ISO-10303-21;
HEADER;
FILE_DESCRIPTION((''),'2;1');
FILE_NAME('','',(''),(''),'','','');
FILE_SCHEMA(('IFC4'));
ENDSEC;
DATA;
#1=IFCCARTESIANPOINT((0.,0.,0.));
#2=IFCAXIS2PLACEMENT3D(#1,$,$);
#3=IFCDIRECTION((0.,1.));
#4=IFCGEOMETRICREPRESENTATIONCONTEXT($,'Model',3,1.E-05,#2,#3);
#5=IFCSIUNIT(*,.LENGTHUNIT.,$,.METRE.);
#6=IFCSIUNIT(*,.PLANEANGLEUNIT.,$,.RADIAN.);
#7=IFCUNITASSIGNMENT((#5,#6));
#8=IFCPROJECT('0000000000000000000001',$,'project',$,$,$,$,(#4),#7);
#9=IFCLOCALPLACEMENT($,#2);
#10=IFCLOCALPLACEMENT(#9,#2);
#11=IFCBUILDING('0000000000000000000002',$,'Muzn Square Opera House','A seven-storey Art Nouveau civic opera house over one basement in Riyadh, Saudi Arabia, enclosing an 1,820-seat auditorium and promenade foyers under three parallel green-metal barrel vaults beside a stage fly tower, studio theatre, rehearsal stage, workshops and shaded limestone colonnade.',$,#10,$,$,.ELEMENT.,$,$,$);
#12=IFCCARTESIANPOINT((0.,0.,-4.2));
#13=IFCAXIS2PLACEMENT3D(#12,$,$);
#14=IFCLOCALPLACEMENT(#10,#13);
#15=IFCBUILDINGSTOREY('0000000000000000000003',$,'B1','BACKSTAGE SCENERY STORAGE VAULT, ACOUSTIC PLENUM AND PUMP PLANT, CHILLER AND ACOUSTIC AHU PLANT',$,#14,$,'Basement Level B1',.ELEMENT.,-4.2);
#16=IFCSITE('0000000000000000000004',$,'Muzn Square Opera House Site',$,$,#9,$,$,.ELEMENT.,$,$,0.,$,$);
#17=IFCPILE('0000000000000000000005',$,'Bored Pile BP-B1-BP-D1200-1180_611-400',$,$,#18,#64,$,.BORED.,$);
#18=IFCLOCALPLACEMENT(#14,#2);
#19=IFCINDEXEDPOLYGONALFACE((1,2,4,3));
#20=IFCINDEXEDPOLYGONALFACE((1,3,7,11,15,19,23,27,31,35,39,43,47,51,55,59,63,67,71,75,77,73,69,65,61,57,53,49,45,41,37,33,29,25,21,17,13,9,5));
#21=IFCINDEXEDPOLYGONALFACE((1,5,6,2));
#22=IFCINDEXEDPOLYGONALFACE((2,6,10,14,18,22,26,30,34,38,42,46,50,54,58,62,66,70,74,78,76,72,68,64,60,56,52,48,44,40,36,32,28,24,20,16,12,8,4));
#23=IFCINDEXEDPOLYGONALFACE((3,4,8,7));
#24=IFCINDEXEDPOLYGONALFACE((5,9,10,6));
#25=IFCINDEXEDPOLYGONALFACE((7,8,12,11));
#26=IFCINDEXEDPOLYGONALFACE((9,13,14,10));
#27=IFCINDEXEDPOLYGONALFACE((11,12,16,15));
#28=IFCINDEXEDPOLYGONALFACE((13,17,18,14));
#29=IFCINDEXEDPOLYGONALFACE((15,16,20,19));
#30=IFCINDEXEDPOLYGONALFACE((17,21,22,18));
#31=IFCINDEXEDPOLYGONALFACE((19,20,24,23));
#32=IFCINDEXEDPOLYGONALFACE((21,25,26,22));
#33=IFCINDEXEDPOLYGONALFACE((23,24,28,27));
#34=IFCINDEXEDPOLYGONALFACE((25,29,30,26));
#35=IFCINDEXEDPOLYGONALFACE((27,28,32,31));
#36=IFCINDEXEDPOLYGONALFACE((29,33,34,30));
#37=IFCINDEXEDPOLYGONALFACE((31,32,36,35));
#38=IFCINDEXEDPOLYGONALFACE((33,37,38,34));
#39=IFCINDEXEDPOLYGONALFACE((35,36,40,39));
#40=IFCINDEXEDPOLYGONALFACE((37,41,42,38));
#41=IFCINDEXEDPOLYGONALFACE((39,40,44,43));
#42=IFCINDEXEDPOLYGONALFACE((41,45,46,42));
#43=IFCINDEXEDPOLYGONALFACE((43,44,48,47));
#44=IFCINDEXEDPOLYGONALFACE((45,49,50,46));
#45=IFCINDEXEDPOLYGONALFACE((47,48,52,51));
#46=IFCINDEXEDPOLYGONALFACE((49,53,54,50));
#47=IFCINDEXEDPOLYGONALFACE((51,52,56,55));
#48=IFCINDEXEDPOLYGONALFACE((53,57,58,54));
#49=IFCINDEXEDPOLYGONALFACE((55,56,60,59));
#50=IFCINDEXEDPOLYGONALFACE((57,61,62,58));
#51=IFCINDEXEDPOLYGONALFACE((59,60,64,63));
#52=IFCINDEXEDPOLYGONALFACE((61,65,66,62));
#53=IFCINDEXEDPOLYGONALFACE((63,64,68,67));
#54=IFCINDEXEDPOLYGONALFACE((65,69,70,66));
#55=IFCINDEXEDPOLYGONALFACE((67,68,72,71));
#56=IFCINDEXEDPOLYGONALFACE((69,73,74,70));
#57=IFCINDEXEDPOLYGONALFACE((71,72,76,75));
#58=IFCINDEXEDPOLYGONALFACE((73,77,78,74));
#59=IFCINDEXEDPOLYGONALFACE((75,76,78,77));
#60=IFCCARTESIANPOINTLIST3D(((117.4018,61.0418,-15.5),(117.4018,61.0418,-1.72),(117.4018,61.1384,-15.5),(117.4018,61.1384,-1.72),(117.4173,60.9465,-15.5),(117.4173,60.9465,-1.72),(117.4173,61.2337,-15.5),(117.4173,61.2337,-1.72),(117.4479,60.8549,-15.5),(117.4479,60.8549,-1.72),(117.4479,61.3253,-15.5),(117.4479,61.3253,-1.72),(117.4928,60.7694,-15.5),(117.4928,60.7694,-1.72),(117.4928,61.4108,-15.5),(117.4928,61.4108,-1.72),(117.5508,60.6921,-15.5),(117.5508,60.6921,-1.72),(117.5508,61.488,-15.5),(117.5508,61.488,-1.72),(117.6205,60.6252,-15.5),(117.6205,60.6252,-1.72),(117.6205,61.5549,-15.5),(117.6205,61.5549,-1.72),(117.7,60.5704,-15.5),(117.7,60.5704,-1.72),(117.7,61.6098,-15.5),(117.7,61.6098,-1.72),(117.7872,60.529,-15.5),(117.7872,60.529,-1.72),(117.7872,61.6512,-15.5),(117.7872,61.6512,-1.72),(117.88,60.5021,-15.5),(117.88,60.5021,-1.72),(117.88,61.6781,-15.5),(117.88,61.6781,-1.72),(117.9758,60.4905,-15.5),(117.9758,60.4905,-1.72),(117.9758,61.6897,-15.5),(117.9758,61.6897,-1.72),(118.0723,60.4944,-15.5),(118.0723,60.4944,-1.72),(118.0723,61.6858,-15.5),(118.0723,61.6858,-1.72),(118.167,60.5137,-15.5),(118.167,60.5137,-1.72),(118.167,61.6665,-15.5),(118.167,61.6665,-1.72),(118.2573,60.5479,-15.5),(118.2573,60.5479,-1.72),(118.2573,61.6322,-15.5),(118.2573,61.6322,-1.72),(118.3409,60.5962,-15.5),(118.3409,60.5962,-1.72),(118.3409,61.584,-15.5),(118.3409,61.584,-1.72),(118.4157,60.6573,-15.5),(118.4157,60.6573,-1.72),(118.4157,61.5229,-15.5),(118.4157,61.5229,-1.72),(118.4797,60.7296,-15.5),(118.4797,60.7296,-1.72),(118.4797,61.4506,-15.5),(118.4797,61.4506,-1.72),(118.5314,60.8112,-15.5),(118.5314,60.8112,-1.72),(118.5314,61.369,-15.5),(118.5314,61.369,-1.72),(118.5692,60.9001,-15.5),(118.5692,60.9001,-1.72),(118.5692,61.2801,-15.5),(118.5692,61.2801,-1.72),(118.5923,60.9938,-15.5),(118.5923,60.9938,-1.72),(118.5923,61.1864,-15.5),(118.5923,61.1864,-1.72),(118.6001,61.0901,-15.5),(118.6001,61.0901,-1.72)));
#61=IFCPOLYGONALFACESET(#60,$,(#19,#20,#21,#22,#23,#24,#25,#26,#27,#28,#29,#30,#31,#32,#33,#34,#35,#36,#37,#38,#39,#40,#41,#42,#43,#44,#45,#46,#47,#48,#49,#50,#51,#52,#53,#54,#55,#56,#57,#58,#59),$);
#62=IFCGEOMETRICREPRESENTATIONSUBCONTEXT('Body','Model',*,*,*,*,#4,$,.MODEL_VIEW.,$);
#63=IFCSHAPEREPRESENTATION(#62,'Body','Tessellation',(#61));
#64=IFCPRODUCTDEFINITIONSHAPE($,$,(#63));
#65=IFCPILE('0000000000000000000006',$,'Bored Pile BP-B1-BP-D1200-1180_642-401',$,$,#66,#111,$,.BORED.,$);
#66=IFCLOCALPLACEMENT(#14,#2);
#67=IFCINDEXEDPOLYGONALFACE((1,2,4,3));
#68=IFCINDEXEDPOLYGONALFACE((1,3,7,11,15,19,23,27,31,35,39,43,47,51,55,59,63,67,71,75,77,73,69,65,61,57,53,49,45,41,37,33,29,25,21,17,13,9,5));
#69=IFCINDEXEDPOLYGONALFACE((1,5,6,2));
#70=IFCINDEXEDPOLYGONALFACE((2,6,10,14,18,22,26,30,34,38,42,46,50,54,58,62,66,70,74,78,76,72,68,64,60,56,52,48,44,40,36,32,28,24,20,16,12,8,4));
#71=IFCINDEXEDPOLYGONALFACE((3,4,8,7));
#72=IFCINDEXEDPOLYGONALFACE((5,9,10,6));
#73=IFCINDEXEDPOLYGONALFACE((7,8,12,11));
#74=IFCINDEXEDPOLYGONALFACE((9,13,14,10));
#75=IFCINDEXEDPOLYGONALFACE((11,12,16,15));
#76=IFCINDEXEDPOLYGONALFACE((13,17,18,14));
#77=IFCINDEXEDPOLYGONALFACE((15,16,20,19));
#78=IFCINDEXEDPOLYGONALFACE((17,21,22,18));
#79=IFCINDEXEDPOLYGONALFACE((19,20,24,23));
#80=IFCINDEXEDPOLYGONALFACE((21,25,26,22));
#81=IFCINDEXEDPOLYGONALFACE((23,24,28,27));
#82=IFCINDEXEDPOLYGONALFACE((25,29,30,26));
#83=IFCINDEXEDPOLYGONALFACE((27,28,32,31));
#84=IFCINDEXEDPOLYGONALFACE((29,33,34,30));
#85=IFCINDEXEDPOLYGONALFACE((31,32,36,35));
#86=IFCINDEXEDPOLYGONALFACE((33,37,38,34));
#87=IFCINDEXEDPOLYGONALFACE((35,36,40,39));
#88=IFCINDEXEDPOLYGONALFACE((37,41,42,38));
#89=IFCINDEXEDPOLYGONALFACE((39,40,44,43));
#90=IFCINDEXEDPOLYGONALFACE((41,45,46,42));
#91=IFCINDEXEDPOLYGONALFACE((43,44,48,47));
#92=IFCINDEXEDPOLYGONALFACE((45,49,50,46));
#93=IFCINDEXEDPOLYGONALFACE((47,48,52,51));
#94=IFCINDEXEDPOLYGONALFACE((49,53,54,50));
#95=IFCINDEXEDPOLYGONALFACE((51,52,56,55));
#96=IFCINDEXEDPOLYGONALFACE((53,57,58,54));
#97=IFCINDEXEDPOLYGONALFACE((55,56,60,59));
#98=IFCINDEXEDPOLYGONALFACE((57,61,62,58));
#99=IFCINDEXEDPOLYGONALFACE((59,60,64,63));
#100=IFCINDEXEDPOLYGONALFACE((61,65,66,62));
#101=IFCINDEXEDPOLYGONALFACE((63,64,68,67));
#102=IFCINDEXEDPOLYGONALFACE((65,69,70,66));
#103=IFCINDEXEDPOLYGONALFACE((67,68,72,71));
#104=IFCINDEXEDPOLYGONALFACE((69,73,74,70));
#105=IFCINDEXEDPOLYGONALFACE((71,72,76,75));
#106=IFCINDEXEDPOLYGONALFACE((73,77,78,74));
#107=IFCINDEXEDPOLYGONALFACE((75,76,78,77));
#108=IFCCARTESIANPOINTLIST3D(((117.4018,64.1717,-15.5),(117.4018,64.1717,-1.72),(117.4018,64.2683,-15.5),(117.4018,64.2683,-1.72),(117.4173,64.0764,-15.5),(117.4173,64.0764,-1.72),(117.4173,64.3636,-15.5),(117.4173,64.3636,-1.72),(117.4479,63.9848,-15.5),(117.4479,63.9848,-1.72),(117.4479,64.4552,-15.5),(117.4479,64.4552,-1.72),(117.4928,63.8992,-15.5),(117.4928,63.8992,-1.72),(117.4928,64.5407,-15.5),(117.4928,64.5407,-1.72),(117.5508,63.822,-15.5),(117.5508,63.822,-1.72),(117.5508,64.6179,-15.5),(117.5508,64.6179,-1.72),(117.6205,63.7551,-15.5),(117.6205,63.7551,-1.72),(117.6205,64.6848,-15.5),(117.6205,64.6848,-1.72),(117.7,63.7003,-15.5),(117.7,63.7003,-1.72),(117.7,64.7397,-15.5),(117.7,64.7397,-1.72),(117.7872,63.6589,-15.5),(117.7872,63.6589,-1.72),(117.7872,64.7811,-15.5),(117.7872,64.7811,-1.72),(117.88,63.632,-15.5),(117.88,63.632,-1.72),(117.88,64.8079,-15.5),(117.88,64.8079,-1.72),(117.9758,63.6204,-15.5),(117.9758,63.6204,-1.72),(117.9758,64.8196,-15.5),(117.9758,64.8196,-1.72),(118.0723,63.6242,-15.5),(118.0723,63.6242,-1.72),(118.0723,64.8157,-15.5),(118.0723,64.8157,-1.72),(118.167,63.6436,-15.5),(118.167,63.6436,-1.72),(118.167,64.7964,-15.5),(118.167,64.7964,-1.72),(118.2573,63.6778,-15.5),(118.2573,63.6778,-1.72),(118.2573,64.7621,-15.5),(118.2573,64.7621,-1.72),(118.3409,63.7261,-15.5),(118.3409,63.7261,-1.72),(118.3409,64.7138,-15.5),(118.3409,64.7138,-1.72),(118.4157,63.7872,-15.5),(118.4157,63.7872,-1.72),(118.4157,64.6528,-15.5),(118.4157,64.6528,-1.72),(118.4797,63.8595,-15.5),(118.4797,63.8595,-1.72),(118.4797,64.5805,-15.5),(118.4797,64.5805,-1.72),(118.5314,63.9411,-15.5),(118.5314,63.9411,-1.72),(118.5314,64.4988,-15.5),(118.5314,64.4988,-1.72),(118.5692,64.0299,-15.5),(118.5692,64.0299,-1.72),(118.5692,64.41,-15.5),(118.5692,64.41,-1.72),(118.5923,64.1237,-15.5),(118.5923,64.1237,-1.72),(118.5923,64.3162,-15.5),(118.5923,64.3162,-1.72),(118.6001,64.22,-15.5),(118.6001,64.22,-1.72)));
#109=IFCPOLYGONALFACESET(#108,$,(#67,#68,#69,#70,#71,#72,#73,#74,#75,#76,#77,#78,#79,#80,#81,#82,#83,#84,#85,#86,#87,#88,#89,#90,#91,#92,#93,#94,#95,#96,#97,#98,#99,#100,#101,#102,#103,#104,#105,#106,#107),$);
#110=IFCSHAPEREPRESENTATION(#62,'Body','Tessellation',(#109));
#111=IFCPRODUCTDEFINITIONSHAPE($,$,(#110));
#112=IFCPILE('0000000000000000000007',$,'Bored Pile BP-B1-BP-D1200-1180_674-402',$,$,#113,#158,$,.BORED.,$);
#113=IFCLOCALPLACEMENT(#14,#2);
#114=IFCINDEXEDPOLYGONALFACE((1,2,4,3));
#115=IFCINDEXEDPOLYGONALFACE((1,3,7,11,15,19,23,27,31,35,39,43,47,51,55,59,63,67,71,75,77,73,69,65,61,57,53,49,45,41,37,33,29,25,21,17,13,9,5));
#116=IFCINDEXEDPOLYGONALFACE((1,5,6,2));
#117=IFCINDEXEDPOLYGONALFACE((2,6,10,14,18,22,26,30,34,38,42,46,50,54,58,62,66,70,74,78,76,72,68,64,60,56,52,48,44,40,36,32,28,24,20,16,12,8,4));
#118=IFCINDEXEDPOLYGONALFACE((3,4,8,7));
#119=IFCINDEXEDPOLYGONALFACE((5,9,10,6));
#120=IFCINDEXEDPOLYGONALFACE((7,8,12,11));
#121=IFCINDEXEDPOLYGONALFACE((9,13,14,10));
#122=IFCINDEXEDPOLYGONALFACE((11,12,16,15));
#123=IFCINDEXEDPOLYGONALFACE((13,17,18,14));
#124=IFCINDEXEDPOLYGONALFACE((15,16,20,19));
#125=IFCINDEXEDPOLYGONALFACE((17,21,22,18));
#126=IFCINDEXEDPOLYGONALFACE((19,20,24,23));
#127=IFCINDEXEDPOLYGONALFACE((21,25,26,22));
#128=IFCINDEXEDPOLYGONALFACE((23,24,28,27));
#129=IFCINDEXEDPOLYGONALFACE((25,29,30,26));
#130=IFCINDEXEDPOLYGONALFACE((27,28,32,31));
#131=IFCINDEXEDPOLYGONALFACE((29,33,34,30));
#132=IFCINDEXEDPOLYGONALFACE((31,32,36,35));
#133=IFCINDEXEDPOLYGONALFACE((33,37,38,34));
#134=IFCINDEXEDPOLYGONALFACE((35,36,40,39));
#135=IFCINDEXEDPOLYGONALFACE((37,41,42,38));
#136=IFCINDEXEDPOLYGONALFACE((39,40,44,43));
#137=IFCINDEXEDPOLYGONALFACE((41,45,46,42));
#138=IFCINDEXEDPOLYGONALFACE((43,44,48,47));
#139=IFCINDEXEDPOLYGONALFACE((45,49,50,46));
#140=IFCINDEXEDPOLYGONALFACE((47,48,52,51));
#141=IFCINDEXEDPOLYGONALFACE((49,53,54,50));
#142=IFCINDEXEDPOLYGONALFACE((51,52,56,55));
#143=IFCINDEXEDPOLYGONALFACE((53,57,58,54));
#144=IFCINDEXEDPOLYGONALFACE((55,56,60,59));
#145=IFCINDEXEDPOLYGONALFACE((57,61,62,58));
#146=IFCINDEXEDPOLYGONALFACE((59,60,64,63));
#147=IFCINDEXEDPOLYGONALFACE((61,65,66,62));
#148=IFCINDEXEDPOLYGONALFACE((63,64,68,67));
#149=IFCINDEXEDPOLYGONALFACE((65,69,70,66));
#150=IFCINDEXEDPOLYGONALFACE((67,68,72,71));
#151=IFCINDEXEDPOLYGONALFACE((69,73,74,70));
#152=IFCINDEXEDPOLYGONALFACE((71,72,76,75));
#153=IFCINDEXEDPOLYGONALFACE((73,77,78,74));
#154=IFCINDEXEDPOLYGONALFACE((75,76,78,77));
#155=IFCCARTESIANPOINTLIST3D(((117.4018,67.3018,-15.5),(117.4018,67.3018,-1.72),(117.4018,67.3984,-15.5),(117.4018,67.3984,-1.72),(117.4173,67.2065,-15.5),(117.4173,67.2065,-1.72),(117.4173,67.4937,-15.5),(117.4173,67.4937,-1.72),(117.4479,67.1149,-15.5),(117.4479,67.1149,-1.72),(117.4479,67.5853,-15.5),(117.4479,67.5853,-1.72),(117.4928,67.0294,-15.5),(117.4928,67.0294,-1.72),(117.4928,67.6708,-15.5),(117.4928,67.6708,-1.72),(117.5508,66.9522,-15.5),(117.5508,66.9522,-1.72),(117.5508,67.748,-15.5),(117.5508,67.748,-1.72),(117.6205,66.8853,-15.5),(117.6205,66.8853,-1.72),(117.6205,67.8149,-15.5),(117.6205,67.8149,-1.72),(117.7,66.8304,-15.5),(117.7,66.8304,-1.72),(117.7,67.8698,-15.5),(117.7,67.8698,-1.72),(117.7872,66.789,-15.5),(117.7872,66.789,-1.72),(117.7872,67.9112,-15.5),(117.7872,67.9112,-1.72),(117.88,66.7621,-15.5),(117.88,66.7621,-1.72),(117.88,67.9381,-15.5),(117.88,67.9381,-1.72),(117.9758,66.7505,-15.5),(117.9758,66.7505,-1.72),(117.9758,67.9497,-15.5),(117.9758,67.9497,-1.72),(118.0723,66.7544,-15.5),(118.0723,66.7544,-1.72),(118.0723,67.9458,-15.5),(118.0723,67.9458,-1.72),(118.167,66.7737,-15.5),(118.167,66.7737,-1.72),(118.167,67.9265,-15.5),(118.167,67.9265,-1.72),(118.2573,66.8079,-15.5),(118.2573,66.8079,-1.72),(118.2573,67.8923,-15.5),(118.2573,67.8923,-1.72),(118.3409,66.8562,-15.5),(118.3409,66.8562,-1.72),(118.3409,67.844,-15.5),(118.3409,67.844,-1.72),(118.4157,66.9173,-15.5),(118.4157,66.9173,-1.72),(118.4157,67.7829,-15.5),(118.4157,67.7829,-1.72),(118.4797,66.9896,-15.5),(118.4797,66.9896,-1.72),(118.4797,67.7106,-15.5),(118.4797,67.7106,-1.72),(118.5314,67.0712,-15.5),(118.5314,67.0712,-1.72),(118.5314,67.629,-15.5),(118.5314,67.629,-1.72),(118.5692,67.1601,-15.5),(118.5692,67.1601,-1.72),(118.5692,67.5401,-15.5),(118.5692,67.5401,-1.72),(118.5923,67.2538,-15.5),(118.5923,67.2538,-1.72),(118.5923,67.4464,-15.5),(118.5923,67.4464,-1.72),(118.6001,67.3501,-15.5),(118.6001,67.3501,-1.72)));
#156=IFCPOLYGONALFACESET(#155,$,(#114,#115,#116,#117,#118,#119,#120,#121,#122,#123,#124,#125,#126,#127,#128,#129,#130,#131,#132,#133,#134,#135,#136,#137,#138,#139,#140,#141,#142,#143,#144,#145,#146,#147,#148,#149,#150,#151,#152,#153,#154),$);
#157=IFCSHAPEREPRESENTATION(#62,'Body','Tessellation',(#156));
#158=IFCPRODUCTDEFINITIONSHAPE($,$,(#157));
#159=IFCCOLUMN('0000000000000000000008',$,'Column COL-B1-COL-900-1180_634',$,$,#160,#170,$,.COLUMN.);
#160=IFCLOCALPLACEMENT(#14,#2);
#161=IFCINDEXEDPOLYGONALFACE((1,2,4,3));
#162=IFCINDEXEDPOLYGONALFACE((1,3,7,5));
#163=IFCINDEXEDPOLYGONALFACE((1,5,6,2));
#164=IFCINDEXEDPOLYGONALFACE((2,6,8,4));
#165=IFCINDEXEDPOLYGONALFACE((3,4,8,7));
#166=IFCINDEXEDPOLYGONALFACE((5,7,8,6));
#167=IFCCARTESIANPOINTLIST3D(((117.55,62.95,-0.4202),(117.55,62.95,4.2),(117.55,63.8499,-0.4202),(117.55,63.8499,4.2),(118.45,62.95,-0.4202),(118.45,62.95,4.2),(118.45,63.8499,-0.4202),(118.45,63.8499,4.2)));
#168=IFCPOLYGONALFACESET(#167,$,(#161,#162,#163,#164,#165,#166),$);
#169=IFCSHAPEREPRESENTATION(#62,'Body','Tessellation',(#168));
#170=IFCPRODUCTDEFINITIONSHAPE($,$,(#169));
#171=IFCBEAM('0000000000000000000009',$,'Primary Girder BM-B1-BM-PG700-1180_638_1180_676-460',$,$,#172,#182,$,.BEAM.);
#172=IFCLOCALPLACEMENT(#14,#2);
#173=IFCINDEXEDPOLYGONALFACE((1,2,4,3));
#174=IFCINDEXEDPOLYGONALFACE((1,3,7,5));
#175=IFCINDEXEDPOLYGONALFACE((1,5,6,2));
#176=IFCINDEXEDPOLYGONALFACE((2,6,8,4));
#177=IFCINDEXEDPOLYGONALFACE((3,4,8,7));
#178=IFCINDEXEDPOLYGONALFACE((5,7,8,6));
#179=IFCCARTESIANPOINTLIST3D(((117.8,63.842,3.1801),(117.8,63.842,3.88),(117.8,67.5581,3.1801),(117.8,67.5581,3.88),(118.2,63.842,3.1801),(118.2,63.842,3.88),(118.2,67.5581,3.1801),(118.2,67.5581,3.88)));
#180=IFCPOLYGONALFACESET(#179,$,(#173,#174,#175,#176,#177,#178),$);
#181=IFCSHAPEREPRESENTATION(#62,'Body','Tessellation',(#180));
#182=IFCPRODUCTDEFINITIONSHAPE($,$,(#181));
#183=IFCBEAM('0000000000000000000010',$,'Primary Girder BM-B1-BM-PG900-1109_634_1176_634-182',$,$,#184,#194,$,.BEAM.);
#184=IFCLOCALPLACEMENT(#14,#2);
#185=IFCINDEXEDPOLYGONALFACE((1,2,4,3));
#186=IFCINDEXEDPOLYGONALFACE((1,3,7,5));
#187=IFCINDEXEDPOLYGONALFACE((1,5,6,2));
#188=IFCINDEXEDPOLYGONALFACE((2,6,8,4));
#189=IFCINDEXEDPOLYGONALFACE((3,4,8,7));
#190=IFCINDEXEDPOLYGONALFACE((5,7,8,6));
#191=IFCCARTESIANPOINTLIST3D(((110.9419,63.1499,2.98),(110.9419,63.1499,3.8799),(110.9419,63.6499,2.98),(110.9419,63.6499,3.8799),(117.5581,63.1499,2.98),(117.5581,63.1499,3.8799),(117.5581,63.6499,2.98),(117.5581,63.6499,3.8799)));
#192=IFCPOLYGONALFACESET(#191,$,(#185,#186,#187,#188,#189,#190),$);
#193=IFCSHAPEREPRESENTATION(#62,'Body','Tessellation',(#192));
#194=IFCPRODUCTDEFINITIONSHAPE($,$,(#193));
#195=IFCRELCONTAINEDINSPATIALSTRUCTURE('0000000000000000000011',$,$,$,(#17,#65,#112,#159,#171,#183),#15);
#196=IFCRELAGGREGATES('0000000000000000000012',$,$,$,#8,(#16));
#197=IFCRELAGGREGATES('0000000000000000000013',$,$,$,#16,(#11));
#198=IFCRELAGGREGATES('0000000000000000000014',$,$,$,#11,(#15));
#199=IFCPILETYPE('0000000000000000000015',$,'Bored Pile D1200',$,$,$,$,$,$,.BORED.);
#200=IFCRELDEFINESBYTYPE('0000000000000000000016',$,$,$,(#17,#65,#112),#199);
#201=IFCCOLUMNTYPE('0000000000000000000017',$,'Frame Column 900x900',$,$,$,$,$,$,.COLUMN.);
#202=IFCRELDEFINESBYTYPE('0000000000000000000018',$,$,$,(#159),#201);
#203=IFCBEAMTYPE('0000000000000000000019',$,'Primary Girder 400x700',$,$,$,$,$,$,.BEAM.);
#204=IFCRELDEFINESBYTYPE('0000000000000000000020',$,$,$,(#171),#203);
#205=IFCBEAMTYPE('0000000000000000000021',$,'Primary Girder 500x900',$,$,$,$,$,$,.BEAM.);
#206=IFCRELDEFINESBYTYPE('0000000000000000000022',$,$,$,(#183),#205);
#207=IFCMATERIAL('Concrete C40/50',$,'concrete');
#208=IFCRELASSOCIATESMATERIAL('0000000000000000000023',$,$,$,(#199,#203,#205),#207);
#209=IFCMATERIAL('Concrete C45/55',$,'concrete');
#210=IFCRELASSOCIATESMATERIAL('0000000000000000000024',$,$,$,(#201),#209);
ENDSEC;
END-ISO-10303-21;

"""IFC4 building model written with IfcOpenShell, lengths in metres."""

from ifc_helpers import new_model, si_unit, direction, frame, origin, origin_2d, place, context, subcontext, project, spatial, rectangle, circle, extrude, material, material_profile, profile_set, type_object, element, save


model = new_model("IFC4")

# Units and contexts
model_context = context("Model", 3, precision=1e-05, world=origin(), true_north=direction((0.0, 1.0)))
body_context = subcontext(model_context, "Body", "Model", "MODEL_VIEW")
ifc_project = project(units=[si_unit("LENGTHUNIT", "METRE"), si_unit("PLANEANGLEUNIT", "RADIAN")], contexts=[model_context])

# Site, building, storey
site_placement = place(None, origin())
site = spatial("IfcSite", under=ifc_project, at=site_placement, Name="Muzn Square Opera House Site", CompositionType="ELEMENT", RefElevation=0.0)
building_placement = place(site_placement, origin())
building = spatial("IfcBuilding", under=site, at=building_placement, Name="Muzn Square Opera House", Description="A seven-storey Art Nouveau civic opera house over one basement in Riyadh, Saudi Arabia, enclosing an 1,820-seat auditorium and promenade foyers under three parallel green-metal barrel vaults beside a stage fly tower, studio theatre, rehearsal stage, workshops and shaded limestone colonnade.", CompositionType="ELEMENT")
storey_placement = place(building_placement, frame((0.0, 0.0, -4.2)))
storey = spatial("IfcBuildingStorey", under=building, at=storey_placement, Name="B1", Description="BACKSTAGE SCENERY STORAGE VAULT, ACOUSTIC PLENUM AND PUMP PLANT, CHILLER AND ACOUSTIC AHU PLANT", LongName="Basement Level B1", CompositionType="ELEMENT", Elevation=-4.2)

# Piles
ifc_material_1 = material(Name="Concrete C40/50", Category="concrete")
ifc_material_profile_1 = material_profile(ifc_material_1, circle(Radius=0.6001, at=origin_2d()), Name="BORED PILE D1200", Category="concrete")
ifc_profile_set_1 = profile_set([ifc_material_profile_1], Name="Concrete C40/50")
pile_type = type_object("IfcPileType", Name="Bored Pile D1200", PredefinedType="BORED", material=ifc_profile_set_1)
for number, where, z_axis, x_axis, name in (
    (1, (118.0, 61.0901, -1.72), (0.0, 0.0, -1.0), (1.0, 0.0, 0.0), "Bored Pile BP-B1-BP-D1200-1180_611-400"),
    (2, (118.0, 64.22, -1.72), (0.0, 0.0, -1.0), (1.0, 0.0, 0.0), "Bored Pile BP-B1-BP-D1200-1180_642-401"),
    (3, (118.0, 67.3501, -1.72), (0.0, 0.0, -1.0), (1.0, 0.0, 0.0), "Bored Pile BP-B1-BP-D1200-1180_674-402"),
):
    element("IfcPile", number, at=place(storey_placement, frame(where, z_axis=z_axis, x_axis=x_axis)), inside=storey, type_object=pile_type, Name=name, PredefinedType="BORED", context=body_context, shape_type="SweptSolid", body=[
        extrude(circle(Radius=0.6001, at=origin_2d()), origin(), (0.0, 0.0, 1.0), 13.78),
    ])

# Column
ifc_material_2 = material(Name="Concrete C45/55", Category="concrete")
ifc_material_profile_2 = material_profile(ifc_material_2, rectangle(XDim=0.8999, YDim=0.8999, at=origin_2d()), Name="RC 900x900", Category="concrete")
ifc_profile_set_2 = profile_set([ifc_material_profile_2], Name="Concrete C45/55")
column_type = type_object("IfcColumnType", Name="Frame Column 900x900", PredefinedType="COLUMN", material=ifc_profile_set_2)
column_placement = place(storey_placement, frame((118.0, 63.3999, -0.4202), z_axis=(0.0, 0.0, 1.0), x_axis=(1.0, 0.0, 0.0)))
element("IfcColumn", 4, at=column_placement, inside=storey, type_object=column_type, Name="Column COL-B1-COL-900-1180_634", PredefinedType="COLUMN", context=body_context, shape_type="SweptSolid", body=[
    extrude(rectangle(XDim=0.8999, YDim=0.8999, at=origin_2d()), origin(), (0.0, 0.0, 1.0), 4.6201),
])

# Beams
ifc_material_profile_3 = material_profile(ifc_material_1, rectangle(XDim=0.3999, YDim=0.7, at=origin_2d()), Name="RCB 400x700", Category="concrete")
ifc_profile_set_3 = profile_set([ifc_material_profile_3], Name="Concrete C40/50")
beam_type_1 = type_object("IfcBeamType", Name="Primary Girder 400x700", PredefinedType="BEAM", material=ifc_profile_set_3)
beam_placement = place(storey_placement, frame((118.0, 63.842, 3.53), z_axis=(0.0, 1.0, 0.0), x_axis=(-1.0, 0.0, 0.0)))
element("IfcBeam", 5, at=beam_placement, inside=storey, type_object=beam_type_1, Name="Primary Girder BM-B1-BM-PG700-1180_638_1180_676-460", PredefinedType="BEAM", context=body_context, shape_type="SweptSolid", body=[
    extrude(rectangle(XDim=0.3999, YDim=0.7, at=origin_2d()), origin(), (0.0, 0.0, 1.0), 3.7161),
])
ifc_material_profile_4 = material_profile(ifc_material_1, rectangle(XDim=0.5, YDim=0.8999, at=origin_2d()), Name="RCB 500x900", Category="concrete")
ifc_profile_set_4 = profile_set([ifc_material_profile_4], Name="Concrete C40/50")
beam_type_2 = type_object("IfcBeamType", Name="Primary Girder 500x900", PredefinedType="BEAM", material=ifc_profile_set_4)
for number, where, z_axis, x_axis, name in (
    (6, (110.9419, 63.3999, 3.4299), (1.0, 0.0, 0.0), (0.0, 1.0, 0.0), "Primary Girder BM-B1-BM-PG900-1109_634_1176_634-182"),
):
    element("IfcBeam", number, at=place(storey_placement, frame(where, z_axis=z_axis, x_axis=x_axis)), inside=storey, type_object=beam_type_2, Name=name, PredefinedType="BEAM", context=body_context, shape_type="SweptSolid", body=[
        extrude(rectangle(XDim=0.5, YDim=0.8999, at=origin_2d()), origin(), (0.0, 0.0, 1.0), 6.6162),
    ])

save(model, "model.ifc")
